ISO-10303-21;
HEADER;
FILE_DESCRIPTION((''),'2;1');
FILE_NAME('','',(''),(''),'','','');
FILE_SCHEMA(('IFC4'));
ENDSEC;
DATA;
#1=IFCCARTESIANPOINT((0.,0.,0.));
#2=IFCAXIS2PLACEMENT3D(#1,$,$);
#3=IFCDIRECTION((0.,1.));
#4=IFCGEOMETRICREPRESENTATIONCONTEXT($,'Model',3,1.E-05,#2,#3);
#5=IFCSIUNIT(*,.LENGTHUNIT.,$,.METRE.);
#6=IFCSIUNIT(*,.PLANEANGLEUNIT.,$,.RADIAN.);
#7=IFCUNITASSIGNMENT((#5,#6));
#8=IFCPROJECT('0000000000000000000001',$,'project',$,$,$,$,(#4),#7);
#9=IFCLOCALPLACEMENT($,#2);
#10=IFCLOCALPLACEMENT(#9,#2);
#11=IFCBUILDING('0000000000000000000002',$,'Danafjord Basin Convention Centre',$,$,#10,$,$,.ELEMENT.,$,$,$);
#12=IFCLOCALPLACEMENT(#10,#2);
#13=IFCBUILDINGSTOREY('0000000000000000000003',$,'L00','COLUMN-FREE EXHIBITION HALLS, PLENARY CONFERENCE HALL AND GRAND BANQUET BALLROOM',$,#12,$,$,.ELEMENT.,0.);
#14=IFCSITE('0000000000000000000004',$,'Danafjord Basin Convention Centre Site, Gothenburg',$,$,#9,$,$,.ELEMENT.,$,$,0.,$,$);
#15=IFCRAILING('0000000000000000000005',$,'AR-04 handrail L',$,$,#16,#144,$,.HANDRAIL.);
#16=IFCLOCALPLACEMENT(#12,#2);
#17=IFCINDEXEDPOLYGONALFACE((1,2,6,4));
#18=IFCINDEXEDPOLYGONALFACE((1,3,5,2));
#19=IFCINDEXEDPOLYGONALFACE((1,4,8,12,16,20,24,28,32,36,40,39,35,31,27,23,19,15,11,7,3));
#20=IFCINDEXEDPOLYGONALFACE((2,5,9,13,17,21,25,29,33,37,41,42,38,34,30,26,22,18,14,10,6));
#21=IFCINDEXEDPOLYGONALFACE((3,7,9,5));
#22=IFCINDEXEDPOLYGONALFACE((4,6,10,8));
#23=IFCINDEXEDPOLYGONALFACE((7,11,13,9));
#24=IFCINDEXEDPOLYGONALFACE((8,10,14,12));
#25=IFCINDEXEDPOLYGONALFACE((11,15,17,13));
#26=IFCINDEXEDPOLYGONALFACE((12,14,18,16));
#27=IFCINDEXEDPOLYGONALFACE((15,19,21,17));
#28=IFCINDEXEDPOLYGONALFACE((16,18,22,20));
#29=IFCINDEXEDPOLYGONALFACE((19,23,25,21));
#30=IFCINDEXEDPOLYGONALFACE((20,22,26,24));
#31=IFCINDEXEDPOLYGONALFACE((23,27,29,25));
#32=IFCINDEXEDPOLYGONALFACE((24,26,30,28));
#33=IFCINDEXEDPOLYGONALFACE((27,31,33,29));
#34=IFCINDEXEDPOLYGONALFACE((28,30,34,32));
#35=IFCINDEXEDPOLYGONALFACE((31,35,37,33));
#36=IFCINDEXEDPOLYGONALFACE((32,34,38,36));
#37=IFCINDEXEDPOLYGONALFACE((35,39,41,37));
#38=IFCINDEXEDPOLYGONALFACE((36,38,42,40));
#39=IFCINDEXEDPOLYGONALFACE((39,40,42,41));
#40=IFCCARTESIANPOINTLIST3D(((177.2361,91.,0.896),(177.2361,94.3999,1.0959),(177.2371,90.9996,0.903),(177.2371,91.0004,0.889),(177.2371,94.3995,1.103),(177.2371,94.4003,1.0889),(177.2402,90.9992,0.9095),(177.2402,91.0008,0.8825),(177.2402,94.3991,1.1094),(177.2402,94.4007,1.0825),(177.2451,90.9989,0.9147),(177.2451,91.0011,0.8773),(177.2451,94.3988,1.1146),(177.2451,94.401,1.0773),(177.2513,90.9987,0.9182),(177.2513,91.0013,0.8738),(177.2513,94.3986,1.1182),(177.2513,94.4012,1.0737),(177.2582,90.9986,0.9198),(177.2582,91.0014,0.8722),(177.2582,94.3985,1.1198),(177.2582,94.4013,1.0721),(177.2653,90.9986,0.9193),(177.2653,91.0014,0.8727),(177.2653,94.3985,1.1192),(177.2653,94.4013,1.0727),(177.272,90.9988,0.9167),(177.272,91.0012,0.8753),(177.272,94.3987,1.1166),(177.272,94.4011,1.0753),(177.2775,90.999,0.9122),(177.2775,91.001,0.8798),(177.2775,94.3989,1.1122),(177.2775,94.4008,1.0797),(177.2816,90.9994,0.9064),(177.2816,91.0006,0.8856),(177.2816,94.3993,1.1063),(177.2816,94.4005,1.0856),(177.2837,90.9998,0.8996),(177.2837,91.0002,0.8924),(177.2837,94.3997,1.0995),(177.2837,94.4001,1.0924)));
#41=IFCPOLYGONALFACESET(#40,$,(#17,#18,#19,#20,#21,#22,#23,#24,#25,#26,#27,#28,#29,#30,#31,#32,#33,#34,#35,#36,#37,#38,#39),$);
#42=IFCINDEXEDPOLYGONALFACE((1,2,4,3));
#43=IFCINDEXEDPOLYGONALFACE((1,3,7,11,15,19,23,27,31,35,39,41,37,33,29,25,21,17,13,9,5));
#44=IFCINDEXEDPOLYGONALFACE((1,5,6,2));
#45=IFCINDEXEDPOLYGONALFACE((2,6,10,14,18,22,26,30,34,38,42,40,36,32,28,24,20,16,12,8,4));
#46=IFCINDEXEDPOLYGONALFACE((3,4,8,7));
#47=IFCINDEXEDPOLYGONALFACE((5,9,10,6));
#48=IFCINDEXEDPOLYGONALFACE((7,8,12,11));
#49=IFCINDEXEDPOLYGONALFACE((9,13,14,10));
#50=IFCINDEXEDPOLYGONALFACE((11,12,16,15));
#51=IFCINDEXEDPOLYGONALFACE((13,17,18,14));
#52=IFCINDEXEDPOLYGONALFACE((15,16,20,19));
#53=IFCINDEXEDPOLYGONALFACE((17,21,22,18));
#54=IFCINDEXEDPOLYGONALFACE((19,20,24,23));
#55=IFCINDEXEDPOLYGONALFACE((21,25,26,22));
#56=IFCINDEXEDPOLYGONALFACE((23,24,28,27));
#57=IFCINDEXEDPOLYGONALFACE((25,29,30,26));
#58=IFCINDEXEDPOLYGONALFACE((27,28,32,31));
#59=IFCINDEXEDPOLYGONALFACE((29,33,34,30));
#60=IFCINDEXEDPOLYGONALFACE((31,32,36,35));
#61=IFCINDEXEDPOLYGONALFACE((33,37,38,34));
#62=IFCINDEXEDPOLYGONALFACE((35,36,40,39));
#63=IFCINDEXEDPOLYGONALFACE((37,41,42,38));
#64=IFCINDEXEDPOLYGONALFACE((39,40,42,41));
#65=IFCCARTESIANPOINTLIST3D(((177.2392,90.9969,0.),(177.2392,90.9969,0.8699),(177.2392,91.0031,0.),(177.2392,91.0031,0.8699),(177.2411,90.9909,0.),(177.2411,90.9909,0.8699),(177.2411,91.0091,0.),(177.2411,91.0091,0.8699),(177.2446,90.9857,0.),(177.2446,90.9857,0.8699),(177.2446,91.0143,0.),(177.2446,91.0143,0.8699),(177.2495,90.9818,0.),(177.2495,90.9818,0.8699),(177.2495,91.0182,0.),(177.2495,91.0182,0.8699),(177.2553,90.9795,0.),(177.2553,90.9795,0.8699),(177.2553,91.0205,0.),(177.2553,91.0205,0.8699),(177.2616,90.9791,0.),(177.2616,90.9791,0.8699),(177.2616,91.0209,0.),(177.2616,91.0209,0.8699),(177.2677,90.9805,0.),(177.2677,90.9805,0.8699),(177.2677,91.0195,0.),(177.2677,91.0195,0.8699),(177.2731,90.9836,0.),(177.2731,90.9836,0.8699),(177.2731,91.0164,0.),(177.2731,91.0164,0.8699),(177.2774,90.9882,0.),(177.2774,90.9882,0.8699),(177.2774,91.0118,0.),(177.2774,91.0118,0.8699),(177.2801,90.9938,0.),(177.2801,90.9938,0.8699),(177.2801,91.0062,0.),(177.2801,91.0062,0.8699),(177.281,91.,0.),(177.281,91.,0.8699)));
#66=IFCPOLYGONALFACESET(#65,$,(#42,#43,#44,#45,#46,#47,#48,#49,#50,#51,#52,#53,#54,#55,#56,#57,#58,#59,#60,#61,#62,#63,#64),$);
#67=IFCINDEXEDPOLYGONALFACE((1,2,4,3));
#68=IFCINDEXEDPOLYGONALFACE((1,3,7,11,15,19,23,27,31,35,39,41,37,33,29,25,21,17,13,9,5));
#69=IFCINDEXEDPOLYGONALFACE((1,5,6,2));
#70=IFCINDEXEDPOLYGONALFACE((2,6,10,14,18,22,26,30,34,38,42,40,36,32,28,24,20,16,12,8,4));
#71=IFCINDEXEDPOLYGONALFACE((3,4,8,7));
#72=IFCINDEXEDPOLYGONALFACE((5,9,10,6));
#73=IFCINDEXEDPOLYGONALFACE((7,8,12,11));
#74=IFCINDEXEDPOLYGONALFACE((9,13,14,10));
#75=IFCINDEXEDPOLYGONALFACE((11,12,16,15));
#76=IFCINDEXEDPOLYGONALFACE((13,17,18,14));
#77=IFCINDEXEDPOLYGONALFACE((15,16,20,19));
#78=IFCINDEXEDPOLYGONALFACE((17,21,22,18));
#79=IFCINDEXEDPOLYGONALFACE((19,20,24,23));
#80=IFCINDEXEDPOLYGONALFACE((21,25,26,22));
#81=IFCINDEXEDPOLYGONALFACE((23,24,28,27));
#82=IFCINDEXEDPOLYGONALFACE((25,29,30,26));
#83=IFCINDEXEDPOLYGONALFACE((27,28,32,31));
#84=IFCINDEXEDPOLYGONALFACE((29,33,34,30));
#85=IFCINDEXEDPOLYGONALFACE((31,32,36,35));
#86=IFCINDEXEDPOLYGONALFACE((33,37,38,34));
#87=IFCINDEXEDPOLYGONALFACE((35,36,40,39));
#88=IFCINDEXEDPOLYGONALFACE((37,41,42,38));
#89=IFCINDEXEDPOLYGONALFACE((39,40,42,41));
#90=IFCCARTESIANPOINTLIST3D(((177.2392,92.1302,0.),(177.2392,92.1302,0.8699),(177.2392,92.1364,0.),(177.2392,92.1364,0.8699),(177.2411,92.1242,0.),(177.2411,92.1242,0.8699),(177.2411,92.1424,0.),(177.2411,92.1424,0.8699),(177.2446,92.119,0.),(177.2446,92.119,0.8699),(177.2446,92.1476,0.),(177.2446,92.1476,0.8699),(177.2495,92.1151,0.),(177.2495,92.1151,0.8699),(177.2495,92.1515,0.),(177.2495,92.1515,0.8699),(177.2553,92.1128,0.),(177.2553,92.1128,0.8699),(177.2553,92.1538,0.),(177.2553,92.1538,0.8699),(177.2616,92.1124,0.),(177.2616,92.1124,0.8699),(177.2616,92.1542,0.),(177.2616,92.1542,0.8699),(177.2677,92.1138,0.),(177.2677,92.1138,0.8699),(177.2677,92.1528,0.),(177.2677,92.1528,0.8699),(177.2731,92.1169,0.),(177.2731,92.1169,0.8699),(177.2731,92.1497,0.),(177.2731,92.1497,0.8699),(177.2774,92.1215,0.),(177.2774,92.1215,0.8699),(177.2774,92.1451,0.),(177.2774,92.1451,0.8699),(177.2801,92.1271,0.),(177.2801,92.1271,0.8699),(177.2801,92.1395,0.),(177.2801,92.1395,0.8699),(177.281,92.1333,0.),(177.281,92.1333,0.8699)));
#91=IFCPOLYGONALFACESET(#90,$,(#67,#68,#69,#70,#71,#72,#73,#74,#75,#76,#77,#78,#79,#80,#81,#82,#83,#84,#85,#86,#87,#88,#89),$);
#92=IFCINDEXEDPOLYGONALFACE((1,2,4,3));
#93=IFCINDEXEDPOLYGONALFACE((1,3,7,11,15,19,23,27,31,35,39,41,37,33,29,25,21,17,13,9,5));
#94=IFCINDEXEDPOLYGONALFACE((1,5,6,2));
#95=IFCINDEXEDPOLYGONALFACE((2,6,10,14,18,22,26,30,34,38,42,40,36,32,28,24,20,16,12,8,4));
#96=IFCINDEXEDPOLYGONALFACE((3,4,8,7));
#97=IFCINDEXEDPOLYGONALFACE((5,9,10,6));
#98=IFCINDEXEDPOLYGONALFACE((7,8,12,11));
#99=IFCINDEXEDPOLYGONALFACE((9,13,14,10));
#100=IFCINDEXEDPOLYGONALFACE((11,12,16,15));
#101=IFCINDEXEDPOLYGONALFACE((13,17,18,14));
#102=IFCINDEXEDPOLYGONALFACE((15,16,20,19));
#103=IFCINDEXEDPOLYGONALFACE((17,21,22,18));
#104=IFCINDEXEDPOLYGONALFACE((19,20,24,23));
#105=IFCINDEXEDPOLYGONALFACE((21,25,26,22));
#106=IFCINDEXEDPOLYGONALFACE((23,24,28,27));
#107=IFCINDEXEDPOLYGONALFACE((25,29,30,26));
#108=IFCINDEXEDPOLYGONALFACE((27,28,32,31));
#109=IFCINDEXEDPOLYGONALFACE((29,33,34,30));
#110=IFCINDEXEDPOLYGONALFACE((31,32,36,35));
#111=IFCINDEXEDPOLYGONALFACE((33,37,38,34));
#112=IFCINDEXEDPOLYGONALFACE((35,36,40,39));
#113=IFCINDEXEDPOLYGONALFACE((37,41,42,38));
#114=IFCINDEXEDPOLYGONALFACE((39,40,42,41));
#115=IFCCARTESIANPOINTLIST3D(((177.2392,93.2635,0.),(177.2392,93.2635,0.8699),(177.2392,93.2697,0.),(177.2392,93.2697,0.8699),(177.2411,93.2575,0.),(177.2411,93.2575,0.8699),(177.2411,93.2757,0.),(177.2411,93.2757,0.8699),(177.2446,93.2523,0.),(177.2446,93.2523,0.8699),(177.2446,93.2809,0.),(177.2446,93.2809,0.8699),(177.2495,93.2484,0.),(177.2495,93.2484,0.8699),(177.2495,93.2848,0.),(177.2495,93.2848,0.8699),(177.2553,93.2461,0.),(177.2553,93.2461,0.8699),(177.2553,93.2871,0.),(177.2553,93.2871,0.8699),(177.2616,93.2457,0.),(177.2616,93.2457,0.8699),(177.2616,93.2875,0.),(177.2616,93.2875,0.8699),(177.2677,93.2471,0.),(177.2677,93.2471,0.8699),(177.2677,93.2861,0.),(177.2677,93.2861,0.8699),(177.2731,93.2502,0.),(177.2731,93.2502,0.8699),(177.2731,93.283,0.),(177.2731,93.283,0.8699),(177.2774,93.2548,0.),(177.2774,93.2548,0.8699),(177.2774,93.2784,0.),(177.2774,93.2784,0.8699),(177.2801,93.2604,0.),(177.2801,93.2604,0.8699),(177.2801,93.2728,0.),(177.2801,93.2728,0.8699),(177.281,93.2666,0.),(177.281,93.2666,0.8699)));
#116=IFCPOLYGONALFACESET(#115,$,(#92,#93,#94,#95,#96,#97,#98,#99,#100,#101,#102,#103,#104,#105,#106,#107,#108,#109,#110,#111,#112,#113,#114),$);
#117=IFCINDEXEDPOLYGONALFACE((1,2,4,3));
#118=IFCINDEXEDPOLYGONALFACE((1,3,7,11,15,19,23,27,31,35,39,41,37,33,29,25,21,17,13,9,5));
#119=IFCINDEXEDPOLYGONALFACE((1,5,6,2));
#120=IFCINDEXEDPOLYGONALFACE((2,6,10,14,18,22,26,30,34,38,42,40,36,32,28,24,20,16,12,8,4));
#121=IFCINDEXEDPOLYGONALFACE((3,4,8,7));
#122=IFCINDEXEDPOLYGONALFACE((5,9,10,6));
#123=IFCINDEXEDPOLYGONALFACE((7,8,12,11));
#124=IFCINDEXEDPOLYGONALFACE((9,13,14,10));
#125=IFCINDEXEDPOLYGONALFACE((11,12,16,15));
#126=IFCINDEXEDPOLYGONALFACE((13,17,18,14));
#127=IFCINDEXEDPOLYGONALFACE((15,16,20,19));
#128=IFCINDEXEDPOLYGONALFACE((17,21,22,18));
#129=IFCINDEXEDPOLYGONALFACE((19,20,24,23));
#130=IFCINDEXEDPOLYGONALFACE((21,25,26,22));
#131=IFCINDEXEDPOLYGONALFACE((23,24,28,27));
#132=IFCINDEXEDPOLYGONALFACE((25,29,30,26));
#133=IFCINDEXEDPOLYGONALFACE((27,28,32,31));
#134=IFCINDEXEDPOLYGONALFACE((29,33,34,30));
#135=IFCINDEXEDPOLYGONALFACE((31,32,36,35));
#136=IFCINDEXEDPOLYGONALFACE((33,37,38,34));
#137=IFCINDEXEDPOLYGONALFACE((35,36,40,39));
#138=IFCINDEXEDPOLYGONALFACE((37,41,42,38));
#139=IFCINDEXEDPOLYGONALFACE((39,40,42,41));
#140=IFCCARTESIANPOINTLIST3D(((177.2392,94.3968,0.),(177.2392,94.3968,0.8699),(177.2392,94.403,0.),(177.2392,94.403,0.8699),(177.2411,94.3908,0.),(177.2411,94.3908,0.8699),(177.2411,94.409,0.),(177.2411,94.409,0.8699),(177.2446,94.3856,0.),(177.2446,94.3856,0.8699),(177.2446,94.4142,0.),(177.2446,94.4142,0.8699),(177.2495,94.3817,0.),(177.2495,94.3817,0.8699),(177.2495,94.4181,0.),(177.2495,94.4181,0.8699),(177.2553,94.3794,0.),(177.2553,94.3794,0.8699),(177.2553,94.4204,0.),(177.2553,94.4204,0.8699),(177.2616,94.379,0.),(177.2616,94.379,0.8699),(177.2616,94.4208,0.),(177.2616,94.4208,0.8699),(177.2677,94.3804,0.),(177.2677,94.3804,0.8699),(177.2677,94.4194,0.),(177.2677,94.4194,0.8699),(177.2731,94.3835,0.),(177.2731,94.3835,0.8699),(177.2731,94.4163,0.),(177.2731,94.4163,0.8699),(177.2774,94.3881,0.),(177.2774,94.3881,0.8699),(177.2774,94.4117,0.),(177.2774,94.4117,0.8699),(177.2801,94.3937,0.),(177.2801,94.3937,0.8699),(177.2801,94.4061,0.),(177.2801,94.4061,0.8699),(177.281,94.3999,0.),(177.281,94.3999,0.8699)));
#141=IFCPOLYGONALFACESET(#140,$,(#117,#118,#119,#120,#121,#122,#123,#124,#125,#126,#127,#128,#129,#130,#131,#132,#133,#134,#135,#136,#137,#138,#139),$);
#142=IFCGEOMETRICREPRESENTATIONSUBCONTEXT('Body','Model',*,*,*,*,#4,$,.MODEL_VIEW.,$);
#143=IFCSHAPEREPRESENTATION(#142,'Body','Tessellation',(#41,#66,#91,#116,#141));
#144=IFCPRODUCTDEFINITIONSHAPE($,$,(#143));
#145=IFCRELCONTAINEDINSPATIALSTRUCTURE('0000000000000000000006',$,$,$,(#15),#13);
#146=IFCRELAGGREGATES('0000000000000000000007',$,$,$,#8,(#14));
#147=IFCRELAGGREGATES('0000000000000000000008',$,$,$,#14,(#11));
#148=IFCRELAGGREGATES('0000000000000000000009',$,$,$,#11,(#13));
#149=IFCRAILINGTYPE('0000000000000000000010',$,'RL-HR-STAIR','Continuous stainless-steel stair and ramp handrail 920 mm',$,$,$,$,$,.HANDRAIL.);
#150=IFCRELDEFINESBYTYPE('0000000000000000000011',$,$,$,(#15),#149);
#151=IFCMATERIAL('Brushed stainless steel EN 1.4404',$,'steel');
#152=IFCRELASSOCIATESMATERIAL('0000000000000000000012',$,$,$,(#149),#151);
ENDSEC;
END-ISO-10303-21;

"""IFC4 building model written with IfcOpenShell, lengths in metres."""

from ifc_helpers import new_model, si_unit, direction, frame, origin, origin_2d, place, context, subcontext, project, spatial, circle, extrude, material, type_object, element, save


model = new_model("IFC4")

# Units and contexts
model_context = context("Model", 3, precision=1e-05, world=origin(), true_north=direction((0.0, 1.0)))
body_context = subcontext(model_context, "Body", "Model", "MODEL_VIEW")
ifc_project = project(units=[si_unit("LENGTHUNIT", "METRE"), si_unit("PLANEANGLEUNIT", "RADIAN")], contexts=[model_context])

# Site, building, storey
site_placement = place(None, origin())
site = spatial("IfcSite", under=ifc_project, at=site_placement, Name="Danafjord Basin Convention Centre Site, Gothenburg", CompositionType="ELEMENT", RefElevation=0.0)
building_placement = place(site_placement, origin())
building = spatial("IfcBuilding", under=site, at=building_placement, Name="Danafjord Basin Convention Centre", CompositionType="ELEMENT")
storey_placement = place(building_placement, origin())
storey = spatial("IfcBuildingStorey", under=building, at=storey_placement, Name="L00", Description="COLUMN-FREE EXHIBITION HALLS, PLENARY CONFERENCE HALL AND GRAND BANQUET BALLROOM", CompositionType="ELEMENT", Elevation=0.0)

# Railing
ifc_material_1 = material(Name="Brushed stainless steel EN 1.4404", Category="steel")
railing_type = type_object("IfcRailingType", Name="RL-HR-STAIR", Description="Continuous stainless-steel stair and ramp handrail 920 mm", PredefinedType="HANDRAIL", material=ifc_material_1)
for number, where, name in (
    (1, (177.26, 91.0, 0.0), "AR-04 handrail L"),
):
    element("IfcRailing", number, at=place(storey_placement, frame(where)), inside=storey, type_object=railing_type, Name=name, PredefinedType="HANDRAIL", context=body_context, shape_type="SweptSolid", body=[
        extrude(circle(Radius=0.0239, at=origin_2d()), frame((0.0, 0.0, 0.896), z_axis=(0.0, 0.998275, 0.058709), x_axis=(-1.0, 0.0, 0.0)), (0.0, 0.0, 1.0), 3.4058),
        extrude(circle(Radius=0.021, at=origin_2d()), origin(), (0.0, 0.0, 1.0), 0.8699),
        extrude(circle(Radius=0.021, at=origin_2d()), frame((0.0, 1.1333, 0.0)), (0.0, 0.0, 1.0), 0.8699),
        extrude(circle(Radius=0.021, at=origin_2d()), frame((0.0, 2.2666, 0.0)), (0.0, 0.0, 1.0), 0.8699),
        extrude(circle(Radius=0.021, at=origin_2d()), frame((0.0, 3.3999, 0.0)), (0.0, 0.0, 1.0), 0.8699),
    ])

save(model, "model.ifc")
